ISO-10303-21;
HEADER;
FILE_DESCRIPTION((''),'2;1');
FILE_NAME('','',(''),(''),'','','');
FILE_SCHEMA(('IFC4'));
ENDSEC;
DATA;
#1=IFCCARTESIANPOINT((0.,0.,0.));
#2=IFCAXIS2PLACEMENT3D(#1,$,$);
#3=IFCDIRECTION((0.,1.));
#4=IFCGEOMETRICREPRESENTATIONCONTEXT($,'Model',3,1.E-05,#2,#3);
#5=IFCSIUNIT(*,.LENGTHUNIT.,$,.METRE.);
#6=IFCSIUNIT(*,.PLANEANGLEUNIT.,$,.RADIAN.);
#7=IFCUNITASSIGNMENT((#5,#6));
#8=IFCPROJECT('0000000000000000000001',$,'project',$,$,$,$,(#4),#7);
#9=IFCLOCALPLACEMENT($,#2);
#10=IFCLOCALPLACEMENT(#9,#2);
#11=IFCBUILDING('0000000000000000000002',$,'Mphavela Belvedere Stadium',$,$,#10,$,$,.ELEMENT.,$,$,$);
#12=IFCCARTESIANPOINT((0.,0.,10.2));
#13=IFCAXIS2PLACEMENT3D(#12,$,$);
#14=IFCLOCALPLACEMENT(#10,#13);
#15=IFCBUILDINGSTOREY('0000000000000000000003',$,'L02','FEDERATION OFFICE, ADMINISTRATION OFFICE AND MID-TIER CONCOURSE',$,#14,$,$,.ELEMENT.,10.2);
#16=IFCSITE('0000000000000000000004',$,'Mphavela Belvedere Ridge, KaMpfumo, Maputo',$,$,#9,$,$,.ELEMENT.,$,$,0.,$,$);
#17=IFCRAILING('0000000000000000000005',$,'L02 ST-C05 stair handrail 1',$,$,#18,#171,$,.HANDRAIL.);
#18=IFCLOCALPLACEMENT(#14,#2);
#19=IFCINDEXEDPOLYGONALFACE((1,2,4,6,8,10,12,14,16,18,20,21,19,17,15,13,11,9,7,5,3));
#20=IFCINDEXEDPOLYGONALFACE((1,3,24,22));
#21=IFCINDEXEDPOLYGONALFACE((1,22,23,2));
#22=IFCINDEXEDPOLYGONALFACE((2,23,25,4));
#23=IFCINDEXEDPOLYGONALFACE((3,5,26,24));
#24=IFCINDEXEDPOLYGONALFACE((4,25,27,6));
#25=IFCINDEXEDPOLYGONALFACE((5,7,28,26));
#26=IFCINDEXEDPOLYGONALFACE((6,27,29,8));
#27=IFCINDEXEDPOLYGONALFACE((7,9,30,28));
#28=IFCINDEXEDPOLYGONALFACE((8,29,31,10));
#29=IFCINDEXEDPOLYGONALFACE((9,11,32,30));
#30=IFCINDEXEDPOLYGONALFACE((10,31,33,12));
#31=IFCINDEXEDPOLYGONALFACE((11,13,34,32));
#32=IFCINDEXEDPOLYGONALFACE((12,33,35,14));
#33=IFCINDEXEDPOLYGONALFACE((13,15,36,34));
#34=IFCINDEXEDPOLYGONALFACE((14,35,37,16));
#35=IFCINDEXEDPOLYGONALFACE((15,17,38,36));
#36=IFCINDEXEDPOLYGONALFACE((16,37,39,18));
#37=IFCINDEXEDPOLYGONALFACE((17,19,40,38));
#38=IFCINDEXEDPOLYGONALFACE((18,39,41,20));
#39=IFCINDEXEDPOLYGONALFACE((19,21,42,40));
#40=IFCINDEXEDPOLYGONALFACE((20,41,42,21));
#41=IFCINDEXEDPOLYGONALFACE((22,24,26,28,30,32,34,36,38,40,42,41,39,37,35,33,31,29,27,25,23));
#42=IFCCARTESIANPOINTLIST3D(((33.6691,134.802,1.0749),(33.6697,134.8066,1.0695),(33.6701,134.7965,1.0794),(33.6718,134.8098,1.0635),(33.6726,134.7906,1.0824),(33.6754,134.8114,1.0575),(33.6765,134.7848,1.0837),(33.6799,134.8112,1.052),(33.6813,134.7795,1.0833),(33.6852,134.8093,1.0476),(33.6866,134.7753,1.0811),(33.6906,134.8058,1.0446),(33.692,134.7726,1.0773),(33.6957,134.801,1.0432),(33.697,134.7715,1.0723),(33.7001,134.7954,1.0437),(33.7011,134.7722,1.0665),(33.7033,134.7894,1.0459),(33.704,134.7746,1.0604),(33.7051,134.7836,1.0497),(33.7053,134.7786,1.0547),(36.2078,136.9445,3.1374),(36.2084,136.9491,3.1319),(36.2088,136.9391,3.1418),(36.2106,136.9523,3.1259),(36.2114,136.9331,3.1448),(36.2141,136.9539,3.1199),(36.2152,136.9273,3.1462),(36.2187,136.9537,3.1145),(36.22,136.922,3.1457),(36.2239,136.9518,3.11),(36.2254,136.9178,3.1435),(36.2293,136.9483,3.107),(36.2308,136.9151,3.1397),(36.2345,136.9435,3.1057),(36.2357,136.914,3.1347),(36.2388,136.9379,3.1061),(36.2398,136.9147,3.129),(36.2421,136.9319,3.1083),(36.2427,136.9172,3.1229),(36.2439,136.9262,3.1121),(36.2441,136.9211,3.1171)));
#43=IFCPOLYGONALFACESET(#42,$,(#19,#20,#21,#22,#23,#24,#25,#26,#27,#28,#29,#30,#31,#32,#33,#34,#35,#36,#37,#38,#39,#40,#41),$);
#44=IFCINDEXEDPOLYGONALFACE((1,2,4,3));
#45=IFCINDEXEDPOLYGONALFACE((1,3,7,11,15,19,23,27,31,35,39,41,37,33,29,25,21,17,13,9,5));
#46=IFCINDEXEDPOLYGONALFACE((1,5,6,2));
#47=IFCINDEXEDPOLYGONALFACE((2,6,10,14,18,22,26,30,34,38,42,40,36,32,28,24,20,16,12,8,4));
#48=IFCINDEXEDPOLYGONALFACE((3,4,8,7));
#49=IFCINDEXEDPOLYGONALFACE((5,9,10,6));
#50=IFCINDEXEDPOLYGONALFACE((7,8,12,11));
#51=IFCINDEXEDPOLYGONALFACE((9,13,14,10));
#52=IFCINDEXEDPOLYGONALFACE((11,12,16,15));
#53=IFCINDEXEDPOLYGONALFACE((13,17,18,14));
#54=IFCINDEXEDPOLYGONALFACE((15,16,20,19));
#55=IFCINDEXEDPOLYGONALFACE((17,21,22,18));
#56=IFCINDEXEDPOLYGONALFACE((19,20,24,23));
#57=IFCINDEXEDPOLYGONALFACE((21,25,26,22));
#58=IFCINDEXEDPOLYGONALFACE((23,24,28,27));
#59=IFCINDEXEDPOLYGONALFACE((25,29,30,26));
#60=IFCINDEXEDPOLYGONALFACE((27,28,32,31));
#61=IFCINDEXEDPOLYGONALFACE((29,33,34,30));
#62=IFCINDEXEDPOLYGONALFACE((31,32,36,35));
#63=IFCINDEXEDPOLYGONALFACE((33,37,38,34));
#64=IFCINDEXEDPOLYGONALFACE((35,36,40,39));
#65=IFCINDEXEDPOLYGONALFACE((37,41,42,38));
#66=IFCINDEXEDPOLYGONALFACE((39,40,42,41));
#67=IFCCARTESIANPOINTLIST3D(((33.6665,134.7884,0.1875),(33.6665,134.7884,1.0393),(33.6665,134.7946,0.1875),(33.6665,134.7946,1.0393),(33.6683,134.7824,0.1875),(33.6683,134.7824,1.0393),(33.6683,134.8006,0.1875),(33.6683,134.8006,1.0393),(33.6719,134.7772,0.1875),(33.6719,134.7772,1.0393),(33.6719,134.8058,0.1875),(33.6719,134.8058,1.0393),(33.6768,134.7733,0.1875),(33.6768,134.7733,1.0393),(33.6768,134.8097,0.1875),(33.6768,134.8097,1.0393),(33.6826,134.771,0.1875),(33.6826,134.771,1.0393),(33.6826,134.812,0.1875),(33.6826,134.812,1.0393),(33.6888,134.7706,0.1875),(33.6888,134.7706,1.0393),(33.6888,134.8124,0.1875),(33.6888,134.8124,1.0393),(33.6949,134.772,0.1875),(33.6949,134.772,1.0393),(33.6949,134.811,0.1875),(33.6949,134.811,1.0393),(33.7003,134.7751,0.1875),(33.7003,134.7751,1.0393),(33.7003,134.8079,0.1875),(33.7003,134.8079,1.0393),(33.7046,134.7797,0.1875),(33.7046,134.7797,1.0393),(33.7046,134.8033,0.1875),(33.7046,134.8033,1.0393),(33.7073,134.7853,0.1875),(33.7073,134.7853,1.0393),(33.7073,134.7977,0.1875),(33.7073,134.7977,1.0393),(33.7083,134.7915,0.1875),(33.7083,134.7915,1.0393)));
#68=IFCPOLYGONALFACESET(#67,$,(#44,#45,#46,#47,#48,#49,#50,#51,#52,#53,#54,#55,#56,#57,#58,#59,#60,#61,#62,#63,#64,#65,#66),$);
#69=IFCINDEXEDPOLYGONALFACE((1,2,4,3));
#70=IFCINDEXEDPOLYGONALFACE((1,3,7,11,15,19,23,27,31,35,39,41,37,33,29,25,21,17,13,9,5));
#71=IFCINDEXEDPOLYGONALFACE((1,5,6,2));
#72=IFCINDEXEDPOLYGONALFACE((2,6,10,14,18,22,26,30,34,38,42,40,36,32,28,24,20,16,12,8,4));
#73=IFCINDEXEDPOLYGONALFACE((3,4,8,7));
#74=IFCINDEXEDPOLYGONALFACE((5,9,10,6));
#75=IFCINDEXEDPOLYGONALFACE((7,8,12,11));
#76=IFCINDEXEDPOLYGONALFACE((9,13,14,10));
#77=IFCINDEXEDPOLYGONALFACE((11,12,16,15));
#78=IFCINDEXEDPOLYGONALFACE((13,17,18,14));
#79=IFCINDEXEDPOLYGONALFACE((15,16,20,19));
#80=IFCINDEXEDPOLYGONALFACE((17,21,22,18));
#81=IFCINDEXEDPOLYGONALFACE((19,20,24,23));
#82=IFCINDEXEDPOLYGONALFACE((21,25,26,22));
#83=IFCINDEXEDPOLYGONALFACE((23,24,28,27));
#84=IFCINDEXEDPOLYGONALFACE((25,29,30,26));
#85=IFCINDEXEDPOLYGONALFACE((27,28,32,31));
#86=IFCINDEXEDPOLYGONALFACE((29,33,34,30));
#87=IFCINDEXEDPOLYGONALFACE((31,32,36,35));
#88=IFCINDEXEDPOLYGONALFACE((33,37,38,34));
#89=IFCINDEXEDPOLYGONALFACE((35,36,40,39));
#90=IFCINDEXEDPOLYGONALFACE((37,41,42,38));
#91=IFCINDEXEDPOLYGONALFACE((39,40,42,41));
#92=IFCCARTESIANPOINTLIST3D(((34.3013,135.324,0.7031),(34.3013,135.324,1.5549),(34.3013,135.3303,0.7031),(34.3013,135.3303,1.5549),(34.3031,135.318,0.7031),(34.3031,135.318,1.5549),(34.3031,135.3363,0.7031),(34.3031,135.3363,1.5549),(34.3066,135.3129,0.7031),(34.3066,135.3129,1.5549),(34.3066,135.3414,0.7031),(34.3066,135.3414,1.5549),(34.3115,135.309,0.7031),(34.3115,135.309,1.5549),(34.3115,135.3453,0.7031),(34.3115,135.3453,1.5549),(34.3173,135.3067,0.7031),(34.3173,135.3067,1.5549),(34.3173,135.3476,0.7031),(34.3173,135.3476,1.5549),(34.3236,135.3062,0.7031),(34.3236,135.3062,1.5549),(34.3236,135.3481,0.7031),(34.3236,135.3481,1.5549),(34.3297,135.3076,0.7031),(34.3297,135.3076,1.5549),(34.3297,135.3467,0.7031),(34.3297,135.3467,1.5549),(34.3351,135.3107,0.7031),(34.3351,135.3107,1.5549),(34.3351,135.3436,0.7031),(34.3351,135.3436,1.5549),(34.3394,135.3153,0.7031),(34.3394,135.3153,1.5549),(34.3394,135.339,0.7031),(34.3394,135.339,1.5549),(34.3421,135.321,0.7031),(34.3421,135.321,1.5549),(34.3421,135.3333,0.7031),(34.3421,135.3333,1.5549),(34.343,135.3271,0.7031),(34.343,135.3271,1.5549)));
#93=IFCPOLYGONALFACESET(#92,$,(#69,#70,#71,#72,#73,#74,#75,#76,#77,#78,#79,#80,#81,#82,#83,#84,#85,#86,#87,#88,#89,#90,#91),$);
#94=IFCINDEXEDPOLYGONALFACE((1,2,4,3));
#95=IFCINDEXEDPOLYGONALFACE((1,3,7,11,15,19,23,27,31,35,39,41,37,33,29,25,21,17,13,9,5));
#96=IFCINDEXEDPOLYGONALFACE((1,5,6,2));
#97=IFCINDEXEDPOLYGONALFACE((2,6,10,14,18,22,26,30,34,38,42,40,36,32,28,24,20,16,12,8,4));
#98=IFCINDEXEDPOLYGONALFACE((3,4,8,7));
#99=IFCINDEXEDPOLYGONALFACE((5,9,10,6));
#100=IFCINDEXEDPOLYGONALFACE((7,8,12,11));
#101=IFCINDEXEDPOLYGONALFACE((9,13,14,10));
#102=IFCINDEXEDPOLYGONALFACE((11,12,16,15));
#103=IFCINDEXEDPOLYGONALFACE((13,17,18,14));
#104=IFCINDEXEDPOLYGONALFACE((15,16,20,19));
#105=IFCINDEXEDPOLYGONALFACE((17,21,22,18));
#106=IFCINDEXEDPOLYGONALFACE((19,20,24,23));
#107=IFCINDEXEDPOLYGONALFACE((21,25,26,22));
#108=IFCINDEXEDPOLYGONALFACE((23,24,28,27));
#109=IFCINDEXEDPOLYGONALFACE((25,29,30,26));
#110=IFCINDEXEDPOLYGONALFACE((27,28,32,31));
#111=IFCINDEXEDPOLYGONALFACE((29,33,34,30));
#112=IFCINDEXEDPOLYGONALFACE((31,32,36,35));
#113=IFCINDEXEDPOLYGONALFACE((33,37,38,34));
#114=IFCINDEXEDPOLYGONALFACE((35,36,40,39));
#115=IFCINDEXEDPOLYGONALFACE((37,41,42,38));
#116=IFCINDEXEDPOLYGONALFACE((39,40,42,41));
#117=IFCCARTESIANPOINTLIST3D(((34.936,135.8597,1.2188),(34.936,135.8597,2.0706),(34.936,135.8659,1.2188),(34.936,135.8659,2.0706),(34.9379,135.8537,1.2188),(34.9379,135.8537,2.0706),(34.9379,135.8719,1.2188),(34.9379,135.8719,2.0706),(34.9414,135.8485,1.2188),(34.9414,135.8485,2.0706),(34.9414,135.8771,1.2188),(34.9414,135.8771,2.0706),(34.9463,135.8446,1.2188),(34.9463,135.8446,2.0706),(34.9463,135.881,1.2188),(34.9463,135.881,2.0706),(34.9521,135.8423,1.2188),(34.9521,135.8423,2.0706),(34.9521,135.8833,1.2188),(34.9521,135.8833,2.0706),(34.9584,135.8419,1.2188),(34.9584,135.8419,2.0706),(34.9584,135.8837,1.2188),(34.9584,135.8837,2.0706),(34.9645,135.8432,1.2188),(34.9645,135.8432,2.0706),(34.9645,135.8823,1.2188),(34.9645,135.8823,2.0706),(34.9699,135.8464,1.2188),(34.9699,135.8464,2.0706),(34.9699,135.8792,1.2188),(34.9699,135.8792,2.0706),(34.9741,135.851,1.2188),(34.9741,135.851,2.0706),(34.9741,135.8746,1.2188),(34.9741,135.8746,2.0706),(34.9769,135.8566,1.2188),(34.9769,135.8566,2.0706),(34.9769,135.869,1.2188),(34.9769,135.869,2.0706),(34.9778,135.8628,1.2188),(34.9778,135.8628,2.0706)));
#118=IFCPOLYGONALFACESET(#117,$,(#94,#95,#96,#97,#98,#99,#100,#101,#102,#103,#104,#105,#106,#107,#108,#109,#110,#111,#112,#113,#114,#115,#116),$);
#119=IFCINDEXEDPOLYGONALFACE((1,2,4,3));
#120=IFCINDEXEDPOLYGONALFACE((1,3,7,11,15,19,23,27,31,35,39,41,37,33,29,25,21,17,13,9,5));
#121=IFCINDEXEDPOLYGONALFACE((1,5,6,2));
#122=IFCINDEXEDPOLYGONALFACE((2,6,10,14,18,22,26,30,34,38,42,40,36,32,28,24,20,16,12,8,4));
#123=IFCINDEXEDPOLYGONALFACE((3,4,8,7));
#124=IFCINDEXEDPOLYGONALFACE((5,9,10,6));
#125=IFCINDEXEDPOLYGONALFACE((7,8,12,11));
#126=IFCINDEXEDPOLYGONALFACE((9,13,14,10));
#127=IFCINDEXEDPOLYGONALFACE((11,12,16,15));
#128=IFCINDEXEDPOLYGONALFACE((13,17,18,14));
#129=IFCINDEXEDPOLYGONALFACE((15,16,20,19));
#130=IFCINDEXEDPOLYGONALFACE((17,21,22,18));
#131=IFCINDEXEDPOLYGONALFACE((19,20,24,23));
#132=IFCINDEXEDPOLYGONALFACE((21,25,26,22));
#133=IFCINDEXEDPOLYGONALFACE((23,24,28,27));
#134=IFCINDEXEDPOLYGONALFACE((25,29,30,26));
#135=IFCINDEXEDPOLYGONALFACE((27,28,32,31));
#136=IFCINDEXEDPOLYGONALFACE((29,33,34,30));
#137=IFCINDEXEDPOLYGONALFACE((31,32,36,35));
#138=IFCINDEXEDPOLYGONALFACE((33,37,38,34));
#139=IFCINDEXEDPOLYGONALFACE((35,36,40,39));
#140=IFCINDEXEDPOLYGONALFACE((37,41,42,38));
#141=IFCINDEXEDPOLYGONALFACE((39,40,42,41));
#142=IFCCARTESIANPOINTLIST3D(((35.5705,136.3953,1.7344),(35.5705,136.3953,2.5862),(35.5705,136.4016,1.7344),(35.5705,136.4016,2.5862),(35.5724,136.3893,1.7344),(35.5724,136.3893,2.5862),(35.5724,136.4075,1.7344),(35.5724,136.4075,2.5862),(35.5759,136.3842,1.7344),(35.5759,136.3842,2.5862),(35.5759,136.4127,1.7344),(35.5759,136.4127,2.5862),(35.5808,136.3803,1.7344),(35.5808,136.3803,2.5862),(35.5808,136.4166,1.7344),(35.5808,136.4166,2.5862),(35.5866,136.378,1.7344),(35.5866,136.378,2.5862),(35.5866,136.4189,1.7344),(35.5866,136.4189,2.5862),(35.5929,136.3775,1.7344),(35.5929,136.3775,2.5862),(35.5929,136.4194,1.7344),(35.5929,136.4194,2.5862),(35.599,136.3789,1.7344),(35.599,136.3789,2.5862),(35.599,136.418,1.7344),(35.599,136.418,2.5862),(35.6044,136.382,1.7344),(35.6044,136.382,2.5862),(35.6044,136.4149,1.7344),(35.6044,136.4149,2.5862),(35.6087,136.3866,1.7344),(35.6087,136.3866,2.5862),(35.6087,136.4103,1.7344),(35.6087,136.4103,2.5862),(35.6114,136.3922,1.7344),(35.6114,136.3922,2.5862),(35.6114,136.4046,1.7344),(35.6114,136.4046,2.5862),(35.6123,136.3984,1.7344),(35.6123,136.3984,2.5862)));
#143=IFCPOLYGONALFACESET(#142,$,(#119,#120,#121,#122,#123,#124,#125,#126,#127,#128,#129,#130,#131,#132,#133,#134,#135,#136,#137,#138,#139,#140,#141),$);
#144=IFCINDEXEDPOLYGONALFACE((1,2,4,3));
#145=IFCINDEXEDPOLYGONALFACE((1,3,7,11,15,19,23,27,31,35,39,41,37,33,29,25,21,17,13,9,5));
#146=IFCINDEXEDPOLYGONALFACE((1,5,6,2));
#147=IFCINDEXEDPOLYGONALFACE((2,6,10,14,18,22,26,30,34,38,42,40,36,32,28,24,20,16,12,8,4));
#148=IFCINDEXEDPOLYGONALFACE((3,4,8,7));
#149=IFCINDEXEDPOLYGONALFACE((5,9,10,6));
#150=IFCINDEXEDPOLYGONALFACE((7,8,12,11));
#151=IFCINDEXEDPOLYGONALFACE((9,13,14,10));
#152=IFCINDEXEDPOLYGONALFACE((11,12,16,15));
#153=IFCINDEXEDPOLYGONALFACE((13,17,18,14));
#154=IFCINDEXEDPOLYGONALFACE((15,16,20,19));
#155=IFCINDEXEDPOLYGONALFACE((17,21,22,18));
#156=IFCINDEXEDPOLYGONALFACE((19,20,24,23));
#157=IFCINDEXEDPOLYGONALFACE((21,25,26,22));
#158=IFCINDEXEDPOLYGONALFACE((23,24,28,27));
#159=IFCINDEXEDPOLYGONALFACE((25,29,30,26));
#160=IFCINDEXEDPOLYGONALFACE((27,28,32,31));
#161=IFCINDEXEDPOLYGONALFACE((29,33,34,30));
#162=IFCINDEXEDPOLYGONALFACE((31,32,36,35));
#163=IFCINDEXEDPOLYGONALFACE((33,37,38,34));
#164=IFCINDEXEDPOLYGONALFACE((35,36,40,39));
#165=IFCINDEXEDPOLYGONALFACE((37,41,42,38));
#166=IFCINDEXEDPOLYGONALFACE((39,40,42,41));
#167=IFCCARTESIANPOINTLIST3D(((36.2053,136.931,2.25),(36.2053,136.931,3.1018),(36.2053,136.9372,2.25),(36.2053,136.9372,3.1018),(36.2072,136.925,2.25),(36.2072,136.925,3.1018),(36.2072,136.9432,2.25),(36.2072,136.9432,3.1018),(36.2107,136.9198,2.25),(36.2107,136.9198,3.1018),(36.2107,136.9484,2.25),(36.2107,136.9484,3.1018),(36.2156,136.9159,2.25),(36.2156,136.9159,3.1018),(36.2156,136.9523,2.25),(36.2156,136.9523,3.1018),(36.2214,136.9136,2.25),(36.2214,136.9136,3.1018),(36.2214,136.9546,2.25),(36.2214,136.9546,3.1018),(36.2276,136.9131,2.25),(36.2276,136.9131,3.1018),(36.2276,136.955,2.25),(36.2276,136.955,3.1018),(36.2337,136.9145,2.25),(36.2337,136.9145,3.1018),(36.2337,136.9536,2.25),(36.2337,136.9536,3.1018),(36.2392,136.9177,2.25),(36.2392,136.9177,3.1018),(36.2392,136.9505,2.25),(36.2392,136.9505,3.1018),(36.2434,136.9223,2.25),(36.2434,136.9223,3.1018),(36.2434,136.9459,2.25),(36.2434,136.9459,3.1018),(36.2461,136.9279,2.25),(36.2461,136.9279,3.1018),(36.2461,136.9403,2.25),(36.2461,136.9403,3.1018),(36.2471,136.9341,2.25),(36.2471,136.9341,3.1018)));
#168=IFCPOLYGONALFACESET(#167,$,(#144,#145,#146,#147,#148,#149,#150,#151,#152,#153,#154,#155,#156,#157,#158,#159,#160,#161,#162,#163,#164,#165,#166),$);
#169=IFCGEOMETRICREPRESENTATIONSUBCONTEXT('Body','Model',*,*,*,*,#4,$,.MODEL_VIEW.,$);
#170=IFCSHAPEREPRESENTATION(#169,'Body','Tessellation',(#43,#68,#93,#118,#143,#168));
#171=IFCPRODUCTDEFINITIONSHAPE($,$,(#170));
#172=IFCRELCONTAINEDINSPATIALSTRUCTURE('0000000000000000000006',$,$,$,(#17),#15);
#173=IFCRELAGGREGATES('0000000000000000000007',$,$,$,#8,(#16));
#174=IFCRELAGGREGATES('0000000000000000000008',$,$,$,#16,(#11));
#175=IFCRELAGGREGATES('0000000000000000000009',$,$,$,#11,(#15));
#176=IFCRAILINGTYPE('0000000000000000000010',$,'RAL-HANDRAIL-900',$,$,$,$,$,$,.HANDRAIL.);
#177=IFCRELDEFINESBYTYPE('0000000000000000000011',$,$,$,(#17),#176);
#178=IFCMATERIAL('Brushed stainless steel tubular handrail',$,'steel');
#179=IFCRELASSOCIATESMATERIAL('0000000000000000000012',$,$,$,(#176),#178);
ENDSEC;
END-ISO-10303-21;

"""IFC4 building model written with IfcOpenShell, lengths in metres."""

from ifc_helpers import new_model, si_unit, direction, frame, origin, origin_2d, place, context, subcontext, project, spatial, circle, extrude, material, type_object, element, save


model = new_model("IFC4")

# Units and contexts
model_context = context("Model", 3, precision=1e-05, world=origin(), true_north=direction((0.0, 1.0)))
body_context = subcontext(model_context, "Body", "Model", "MODEL_VIEW")
ifc_project = project(units=[si_unit("LENGTHUNIT", "METRE"), si_unit("PLANEANGLEUNIT", "RADIAN")], contexts=[model_context])

# Site, building, storey
site_placement = place(None, origin())
site = spatial("IfcSite", under=ifc_project, at=site_placement, Name="Mphavela Belvedere Ridge, KaMpfumo, Maputo", CompositionType="ELEMENT", RefElevation=0.0)
building_placement = place(site_placement, origin())
building = spatial("IfcBuilding", under=site, at=building_placement, Name="Mphavela Belvedere Stadium", CompositionType="ELEMENT")
storey_placement = place(building_placement, frame((0.0, 0.0, 10.2)))
storey = spatial("IfcBuildingStorey", under=building, at=storey_placement, Name="L02", Description="FEDERATION OFFICE, ADMINISTRATION OFFICE AND MID-TIER CONCOURSE", CompositionType="ELEMENT", Elevation=10.2)

# Railing
ifc_material_1 = material(Name="Brushed stainless steel tubular handrail", Category="steel")
railing_type_1 = type_object("IfcRailingType", Name="RAL-HANDRAIL-900", PredefinedType="HANDRAIL", material=ifc_material_1)
railing_1_placement = place(storey_placement, frame((33.6873, 134.7915, 0.1875)))
element("IfcRailing", 1, at=railing_1_placement, inside=storey, type_object=railing_type_1, Name="L02 ST-C05 stair handrail 1", PredefinedType="HANDRAIL", context=body_context, shape_type="SweptSolid", body=[
    extrude(circle(Radius=0.0239, at=origin_2d()), frame((0.0, 0.0, 0.876), z_axis=(0.649271, 0.547937, 0.527458), x_axis=(-0.64495, 0.764225, 0.0)), (0.0, 0.0, 1.0), 3.9102),
    extrude(circle(Radius=0.021, at=origin_2d()), origin(), (0.0, 0.0, 1.0), 0.8518),
    extrude(circle(Radius=0.021, at=origin_2d()), frame((0.6348, 0.5356, 0.5156)), (0.0, 0.0, 1.0), 0.8518),
    extrude(circle(Radius=0.021, at=origin_2d()), frame((1.2695, 1.0713, 1.0312)), (0.0, 0.0, 1.0), 0.8518),
    extrude(circle(Radius=0.021, at=origin_2d()), frame((1.9041, 1.6069, 1.5469)), (0.0, 0.0, 1.0), 0.8518),
    extrude(circle(Radius=0.021, at=origin_2d()), frame((2.5388, 2.1426, 2.0625)), (0.0, 0.0, 1.0), 0.8518),
])

save(model, "model.ifc")
